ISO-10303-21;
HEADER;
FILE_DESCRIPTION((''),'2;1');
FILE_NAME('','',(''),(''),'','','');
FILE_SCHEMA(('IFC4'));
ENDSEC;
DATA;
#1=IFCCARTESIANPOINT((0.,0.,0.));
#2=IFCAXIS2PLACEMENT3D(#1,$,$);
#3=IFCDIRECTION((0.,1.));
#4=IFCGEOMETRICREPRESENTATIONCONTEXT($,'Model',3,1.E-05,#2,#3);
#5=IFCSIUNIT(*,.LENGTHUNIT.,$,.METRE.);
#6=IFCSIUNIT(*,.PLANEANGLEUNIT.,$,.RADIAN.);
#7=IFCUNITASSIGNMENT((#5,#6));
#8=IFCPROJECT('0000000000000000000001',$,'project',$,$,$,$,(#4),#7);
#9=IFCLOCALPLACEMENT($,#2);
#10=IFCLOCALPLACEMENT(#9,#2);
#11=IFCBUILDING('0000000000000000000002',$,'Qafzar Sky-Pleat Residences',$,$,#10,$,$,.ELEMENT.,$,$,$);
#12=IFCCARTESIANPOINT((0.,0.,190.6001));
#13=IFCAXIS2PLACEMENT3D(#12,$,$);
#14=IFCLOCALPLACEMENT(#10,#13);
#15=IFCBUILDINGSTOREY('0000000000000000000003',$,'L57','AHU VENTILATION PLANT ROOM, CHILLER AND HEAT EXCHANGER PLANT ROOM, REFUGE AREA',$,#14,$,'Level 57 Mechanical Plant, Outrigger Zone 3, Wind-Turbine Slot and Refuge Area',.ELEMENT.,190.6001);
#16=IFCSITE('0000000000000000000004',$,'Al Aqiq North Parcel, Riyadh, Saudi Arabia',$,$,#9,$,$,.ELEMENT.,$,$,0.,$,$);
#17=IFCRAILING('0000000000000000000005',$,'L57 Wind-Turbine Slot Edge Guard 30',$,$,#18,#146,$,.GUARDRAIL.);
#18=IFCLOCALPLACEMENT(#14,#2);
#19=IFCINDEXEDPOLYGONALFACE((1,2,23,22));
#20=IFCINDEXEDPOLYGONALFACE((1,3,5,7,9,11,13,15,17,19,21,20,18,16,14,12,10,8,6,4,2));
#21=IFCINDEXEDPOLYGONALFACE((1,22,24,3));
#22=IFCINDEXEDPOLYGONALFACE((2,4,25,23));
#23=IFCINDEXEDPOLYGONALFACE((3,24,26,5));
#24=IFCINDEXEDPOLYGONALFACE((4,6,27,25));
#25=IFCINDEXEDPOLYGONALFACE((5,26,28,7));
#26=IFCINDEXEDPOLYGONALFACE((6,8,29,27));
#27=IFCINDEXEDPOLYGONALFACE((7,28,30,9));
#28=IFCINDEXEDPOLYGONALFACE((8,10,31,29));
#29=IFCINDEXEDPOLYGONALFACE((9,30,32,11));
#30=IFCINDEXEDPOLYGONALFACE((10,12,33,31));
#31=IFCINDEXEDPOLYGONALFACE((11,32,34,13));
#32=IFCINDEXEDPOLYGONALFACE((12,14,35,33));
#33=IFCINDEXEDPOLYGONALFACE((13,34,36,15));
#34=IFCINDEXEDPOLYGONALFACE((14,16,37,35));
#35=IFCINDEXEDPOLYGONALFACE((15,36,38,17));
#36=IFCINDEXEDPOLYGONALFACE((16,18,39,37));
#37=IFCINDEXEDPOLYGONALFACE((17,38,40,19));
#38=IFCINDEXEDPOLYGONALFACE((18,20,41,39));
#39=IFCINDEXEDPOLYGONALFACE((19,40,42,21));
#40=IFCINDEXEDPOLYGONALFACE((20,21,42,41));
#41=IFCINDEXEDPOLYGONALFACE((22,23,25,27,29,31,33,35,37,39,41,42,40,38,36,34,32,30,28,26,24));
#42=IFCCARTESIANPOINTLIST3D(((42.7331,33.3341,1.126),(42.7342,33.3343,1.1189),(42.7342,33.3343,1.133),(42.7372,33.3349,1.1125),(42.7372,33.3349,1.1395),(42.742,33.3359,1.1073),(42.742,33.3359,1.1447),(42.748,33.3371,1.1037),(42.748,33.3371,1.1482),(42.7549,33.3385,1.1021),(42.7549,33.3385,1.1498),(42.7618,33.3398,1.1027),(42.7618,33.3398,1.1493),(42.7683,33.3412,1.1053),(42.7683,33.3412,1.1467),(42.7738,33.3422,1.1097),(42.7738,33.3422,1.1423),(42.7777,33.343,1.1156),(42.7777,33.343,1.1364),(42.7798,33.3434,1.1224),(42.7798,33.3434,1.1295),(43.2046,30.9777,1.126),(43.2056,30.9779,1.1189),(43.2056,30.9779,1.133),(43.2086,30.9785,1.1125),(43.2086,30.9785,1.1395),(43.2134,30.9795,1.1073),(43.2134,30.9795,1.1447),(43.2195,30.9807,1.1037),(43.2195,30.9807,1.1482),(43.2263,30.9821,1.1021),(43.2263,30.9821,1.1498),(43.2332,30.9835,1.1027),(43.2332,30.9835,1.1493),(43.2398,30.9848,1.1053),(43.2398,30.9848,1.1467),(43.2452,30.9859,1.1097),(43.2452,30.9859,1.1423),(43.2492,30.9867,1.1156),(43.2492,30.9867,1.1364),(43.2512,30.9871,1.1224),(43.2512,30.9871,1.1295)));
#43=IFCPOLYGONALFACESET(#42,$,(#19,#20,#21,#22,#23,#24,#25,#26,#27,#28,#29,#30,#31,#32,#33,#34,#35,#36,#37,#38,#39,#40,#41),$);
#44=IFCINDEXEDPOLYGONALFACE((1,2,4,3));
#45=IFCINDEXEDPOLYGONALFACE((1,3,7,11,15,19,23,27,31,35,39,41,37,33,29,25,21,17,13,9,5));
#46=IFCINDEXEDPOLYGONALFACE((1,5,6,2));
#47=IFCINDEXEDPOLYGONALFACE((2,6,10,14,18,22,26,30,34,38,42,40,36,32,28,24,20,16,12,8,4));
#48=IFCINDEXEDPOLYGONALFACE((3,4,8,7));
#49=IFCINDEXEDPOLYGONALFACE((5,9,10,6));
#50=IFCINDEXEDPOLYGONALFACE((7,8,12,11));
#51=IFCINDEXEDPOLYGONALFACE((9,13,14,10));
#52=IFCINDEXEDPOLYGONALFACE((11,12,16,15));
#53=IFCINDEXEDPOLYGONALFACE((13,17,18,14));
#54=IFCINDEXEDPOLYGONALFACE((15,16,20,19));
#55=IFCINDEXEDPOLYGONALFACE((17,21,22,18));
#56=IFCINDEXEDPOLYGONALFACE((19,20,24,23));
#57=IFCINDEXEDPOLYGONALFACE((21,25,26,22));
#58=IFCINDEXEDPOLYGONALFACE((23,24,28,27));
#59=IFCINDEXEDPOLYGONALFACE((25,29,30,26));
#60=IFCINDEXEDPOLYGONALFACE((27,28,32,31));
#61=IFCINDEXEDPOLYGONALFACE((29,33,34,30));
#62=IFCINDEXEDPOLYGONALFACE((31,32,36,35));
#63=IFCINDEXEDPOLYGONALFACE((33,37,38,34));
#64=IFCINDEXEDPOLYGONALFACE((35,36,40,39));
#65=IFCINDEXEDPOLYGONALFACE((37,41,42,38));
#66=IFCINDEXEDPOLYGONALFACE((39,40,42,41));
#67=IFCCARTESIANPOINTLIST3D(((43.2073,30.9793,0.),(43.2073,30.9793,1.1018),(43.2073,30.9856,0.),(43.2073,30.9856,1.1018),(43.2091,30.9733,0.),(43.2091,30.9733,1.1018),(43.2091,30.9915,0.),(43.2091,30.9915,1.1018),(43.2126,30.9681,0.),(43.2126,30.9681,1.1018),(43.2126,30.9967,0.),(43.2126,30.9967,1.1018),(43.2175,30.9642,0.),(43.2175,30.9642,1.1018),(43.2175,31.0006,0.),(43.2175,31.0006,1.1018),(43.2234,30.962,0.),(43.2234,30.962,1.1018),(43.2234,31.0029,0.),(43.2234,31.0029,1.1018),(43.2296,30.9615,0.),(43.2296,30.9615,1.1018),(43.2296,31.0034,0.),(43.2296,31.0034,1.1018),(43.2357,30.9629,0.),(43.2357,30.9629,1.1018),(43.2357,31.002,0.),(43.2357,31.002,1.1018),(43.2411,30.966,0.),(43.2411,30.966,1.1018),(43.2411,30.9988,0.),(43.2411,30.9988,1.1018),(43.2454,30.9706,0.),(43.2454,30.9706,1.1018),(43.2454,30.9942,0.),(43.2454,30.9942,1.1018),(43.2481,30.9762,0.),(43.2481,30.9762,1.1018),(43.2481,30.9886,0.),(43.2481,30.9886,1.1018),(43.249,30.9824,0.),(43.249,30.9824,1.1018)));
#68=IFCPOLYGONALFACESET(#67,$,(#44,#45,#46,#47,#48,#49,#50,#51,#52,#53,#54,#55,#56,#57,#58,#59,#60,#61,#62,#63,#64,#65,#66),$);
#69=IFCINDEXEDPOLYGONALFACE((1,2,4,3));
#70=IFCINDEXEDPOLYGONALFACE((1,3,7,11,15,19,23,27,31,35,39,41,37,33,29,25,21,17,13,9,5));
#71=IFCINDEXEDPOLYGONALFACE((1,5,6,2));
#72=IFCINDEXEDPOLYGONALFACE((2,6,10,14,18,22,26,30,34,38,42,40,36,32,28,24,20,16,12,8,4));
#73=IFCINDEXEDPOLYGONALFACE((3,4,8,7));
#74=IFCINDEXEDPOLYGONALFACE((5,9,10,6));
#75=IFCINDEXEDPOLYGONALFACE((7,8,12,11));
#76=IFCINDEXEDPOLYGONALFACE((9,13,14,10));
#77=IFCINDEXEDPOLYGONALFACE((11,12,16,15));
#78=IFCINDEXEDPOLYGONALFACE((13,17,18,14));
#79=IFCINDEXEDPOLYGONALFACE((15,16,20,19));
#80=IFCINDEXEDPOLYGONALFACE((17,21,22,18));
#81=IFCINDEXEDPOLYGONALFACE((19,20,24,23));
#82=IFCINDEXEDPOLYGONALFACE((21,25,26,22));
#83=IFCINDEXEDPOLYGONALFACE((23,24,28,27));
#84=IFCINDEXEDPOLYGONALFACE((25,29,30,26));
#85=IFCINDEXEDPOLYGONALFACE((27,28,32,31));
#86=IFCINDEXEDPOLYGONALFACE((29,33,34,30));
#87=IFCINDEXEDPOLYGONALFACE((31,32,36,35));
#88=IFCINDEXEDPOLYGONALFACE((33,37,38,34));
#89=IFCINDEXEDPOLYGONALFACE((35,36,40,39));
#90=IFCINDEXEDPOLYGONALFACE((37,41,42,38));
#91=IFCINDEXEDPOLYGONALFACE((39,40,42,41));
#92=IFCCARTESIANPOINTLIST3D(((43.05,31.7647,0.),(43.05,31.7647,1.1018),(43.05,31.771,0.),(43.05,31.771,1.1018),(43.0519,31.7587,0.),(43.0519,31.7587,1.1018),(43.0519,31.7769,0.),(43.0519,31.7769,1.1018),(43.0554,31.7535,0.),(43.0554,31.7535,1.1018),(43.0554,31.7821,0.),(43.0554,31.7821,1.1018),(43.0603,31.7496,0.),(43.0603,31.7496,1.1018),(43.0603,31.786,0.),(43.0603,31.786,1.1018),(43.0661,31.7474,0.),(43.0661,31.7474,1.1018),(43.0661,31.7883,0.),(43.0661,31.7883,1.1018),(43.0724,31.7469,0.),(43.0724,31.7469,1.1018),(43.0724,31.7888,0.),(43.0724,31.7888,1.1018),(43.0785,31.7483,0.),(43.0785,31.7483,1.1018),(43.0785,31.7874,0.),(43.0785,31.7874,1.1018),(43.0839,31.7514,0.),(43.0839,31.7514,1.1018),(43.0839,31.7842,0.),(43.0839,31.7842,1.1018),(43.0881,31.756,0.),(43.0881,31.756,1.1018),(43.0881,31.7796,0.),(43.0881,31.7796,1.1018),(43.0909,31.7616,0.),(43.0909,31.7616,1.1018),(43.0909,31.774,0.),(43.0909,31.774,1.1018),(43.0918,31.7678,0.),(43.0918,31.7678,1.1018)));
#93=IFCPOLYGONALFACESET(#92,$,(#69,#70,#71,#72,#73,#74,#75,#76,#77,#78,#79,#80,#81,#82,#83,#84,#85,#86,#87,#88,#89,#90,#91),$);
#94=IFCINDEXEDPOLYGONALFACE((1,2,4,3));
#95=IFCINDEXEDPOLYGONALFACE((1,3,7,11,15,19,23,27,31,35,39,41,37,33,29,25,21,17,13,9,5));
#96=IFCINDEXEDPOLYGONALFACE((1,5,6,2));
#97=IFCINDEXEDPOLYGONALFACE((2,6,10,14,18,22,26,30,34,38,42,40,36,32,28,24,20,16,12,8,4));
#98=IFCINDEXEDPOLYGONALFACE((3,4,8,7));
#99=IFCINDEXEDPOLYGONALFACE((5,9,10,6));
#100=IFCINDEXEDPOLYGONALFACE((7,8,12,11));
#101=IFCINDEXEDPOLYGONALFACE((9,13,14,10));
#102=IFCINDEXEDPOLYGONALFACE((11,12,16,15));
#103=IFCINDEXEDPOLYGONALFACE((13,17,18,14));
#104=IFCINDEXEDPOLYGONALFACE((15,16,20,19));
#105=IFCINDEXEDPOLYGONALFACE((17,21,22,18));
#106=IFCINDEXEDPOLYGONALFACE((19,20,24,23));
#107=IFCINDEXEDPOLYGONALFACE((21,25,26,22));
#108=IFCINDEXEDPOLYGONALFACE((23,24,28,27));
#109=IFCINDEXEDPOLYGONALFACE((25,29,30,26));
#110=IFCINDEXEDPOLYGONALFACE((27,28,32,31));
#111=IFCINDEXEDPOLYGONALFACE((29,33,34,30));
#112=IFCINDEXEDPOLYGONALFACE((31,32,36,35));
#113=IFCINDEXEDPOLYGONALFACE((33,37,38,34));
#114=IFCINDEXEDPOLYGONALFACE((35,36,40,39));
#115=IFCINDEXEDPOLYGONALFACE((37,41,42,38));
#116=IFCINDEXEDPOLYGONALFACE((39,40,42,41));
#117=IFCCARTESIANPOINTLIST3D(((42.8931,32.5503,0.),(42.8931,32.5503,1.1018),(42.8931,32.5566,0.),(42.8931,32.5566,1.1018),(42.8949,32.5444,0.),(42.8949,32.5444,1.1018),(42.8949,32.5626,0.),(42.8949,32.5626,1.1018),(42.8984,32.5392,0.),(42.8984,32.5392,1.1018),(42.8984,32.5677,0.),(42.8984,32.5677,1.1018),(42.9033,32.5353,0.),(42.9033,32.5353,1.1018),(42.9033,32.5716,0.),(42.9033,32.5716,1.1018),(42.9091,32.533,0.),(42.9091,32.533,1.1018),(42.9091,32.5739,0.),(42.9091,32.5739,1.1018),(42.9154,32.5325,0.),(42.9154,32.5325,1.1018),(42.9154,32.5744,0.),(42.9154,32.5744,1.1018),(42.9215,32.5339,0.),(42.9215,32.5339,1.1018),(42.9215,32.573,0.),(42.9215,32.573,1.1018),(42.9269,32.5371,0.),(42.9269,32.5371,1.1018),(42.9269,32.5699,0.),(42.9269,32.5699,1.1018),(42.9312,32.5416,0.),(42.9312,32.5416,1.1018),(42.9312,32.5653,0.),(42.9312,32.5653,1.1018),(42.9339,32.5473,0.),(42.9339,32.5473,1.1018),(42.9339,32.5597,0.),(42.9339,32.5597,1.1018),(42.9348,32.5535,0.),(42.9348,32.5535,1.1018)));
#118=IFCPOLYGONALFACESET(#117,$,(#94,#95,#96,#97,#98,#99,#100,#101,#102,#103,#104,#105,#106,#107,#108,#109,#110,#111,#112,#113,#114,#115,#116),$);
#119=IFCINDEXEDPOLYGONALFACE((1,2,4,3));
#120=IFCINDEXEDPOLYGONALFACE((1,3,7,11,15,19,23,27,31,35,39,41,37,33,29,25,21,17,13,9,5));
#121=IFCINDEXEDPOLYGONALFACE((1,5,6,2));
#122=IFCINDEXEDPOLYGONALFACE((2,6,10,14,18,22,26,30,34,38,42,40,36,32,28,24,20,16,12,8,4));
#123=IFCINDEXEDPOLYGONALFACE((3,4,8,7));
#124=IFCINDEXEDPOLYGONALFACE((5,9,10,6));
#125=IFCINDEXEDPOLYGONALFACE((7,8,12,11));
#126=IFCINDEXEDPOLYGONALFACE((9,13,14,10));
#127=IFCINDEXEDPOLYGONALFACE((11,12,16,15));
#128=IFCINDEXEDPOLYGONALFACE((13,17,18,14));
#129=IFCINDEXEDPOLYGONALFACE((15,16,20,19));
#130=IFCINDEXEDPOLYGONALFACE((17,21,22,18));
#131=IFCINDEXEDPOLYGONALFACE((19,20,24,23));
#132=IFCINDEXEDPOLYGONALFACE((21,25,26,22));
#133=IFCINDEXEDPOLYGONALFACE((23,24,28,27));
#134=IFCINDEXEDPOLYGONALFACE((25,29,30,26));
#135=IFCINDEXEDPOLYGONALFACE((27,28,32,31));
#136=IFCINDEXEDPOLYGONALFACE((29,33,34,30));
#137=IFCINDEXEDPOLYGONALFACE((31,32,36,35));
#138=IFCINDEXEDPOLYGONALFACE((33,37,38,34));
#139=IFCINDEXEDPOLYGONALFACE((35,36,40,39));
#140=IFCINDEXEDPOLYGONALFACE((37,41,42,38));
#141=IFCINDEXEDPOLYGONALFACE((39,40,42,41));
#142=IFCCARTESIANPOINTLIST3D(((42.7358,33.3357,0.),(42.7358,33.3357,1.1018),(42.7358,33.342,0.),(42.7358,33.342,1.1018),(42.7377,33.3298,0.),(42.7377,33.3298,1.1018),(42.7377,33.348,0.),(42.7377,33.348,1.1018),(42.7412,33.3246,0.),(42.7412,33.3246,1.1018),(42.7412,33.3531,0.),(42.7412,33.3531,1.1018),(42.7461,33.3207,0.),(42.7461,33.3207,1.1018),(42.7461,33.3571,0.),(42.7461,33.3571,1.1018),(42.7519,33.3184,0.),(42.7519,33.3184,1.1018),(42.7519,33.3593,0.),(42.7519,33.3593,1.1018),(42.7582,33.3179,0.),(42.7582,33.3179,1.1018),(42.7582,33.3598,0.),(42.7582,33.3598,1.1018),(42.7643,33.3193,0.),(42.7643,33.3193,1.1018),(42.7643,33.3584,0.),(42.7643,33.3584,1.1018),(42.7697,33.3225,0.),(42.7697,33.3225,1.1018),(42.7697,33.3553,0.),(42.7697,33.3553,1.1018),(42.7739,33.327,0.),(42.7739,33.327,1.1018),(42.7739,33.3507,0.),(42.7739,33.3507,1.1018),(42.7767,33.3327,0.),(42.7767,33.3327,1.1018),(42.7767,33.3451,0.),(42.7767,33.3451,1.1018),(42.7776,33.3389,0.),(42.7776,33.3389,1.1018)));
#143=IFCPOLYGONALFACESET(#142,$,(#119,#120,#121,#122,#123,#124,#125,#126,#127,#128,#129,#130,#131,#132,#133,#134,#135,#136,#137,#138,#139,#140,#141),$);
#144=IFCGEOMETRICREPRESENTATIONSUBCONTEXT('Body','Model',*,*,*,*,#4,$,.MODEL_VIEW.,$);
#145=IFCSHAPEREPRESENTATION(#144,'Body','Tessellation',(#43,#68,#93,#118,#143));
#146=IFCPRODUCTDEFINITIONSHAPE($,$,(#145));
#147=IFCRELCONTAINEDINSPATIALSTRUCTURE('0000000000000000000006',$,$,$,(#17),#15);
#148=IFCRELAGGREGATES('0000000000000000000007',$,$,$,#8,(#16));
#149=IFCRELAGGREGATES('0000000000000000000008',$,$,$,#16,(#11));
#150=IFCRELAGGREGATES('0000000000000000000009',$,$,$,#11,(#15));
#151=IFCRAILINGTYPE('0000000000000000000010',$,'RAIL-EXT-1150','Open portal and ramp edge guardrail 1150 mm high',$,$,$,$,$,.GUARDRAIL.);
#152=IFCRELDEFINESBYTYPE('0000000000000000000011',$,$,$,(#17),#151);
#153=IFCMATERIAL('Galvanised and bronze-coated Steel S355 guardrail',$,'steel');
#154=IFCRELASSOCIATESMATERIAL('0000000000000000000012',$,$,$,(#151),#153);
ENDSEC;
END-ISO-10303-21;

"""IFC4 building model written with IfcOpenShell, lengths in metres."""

from ifc_helpers import new_model, si_unit, direction, frame, origin, origin_2d, place, context, subcontext, project, spatial, circle, extrude, source, transform, mapped, material, type_object, element, save


model = new_model("IFC4")

# Units and contexts
model_context = context("Model", 3, precision=1e-05, world=origin(), true_north=direction((0.0, 1.0)))
body_context = subcontext(model_context, "Body", "Model", "MODEL_VIEW")
ifc_project = project(units=[si_unit("LENGTHUNIT", "METRE"), si_unit("PLANEANGLEUNIT", "RADIAN")], contexts=[model_context])

# Site, building, storey
site_placement = place(None, origin())
site = spatial("IfcSite", under=ifc_project, at=site_placement, Name="Al Aqiq North Parcel, Riyadh, Saudi Arabia", CompositionType="ELEMENT", RefElevation=0.0)
building_placement = place(site_placement, origin())
building = spatial("IfcBuilding", under=site, at=building_placement, Name="Qafzar Sky-Pleat Residences", CompositionType="ELEMENT")
storey_placement = place(building_placement, frame((0.0, 0.0, 190.6001)))
storey = spatial("IfcBuildingStorey", under=building, at=storey_placement, Name="L57", Description="AHU VENTILATION PLANT ROOM, CHILLER AND HEAT EXCHANGER PLANT ROOM, REFUGE AREA", LongName="Level 57 Mechanical Plant, Outrigger Zone 3, Wind-Turbine Slot and Refuge Area", CompositionType="ELEMENT", Elevation=190.6001)

# Railing
ifc_material_1 = material(Name="Galvanised and bronze-coated Steel S355 guardrail", Category="steel")
railing_type = type_object("IfcRailingType", Name="RAIL-EXT-1150", Description="Open portal and ramp edge guardrail 1150 mm high", PredefinedType="GUARDRAIL", material=ifc_material_1)
shared_shape_1 = source(origin(), body_context, "Body", "SweptSolid", [
    extrude(circle(Radius=0.0239, at=origin_2d()), frame((0.0, 0.0, 1.126), z_axis=(-0.196175, 0.980569, 0.0), x_axis=(-0.980569, -0.196175, 0.0)), (0.0, 0.0, 1.0), 2.4031),
    extrude(circle(Radius=0.021, at=origin_2d()), origin(), (0.0, 0.0, 1.0), 1.1018),
    extrude(circle(Radius=0.021, at=origin_2d()), frame((-0.1572, 0.7854, 0.0)), (0.0, 0.0, 1.0), 1.1018),
    extrude(circle(Radius=0.021, at=origin_2d()), frame((-0.3142, 1.571, 0.0)), (0.0, 0.0, 1.0), 1.1018),
    extrude(circle(Radius=0.021, at=origin_2d()), frame((-0.4714, 2.3564, 0.0)), (0.0, 0.0, 1.0), 1.1018),
])
railing_1_placement = place(storey_placement, frame((43.228, 30.9824, 0.0)))
element("IfcRailing", 1, at=railing_1_placement, inside=storey, type_object=railing_type, Name="L57 Wind-Turbine Slot Edge Guard 30", PredefinedType="GUARDRAIL", context=body_context, shape_type="MappedRepresentation", body=[
    mapped(shared_shape_1, transform((0.0, 0.0, 0.0), x_axis=(1.0, 0.0, 0.0), y_axis=(0.0, 1.0, 0.0), z_axis=(0.0, 0.0, 1.0), scale=1.0)),
])

save(model, "model.ifc")
